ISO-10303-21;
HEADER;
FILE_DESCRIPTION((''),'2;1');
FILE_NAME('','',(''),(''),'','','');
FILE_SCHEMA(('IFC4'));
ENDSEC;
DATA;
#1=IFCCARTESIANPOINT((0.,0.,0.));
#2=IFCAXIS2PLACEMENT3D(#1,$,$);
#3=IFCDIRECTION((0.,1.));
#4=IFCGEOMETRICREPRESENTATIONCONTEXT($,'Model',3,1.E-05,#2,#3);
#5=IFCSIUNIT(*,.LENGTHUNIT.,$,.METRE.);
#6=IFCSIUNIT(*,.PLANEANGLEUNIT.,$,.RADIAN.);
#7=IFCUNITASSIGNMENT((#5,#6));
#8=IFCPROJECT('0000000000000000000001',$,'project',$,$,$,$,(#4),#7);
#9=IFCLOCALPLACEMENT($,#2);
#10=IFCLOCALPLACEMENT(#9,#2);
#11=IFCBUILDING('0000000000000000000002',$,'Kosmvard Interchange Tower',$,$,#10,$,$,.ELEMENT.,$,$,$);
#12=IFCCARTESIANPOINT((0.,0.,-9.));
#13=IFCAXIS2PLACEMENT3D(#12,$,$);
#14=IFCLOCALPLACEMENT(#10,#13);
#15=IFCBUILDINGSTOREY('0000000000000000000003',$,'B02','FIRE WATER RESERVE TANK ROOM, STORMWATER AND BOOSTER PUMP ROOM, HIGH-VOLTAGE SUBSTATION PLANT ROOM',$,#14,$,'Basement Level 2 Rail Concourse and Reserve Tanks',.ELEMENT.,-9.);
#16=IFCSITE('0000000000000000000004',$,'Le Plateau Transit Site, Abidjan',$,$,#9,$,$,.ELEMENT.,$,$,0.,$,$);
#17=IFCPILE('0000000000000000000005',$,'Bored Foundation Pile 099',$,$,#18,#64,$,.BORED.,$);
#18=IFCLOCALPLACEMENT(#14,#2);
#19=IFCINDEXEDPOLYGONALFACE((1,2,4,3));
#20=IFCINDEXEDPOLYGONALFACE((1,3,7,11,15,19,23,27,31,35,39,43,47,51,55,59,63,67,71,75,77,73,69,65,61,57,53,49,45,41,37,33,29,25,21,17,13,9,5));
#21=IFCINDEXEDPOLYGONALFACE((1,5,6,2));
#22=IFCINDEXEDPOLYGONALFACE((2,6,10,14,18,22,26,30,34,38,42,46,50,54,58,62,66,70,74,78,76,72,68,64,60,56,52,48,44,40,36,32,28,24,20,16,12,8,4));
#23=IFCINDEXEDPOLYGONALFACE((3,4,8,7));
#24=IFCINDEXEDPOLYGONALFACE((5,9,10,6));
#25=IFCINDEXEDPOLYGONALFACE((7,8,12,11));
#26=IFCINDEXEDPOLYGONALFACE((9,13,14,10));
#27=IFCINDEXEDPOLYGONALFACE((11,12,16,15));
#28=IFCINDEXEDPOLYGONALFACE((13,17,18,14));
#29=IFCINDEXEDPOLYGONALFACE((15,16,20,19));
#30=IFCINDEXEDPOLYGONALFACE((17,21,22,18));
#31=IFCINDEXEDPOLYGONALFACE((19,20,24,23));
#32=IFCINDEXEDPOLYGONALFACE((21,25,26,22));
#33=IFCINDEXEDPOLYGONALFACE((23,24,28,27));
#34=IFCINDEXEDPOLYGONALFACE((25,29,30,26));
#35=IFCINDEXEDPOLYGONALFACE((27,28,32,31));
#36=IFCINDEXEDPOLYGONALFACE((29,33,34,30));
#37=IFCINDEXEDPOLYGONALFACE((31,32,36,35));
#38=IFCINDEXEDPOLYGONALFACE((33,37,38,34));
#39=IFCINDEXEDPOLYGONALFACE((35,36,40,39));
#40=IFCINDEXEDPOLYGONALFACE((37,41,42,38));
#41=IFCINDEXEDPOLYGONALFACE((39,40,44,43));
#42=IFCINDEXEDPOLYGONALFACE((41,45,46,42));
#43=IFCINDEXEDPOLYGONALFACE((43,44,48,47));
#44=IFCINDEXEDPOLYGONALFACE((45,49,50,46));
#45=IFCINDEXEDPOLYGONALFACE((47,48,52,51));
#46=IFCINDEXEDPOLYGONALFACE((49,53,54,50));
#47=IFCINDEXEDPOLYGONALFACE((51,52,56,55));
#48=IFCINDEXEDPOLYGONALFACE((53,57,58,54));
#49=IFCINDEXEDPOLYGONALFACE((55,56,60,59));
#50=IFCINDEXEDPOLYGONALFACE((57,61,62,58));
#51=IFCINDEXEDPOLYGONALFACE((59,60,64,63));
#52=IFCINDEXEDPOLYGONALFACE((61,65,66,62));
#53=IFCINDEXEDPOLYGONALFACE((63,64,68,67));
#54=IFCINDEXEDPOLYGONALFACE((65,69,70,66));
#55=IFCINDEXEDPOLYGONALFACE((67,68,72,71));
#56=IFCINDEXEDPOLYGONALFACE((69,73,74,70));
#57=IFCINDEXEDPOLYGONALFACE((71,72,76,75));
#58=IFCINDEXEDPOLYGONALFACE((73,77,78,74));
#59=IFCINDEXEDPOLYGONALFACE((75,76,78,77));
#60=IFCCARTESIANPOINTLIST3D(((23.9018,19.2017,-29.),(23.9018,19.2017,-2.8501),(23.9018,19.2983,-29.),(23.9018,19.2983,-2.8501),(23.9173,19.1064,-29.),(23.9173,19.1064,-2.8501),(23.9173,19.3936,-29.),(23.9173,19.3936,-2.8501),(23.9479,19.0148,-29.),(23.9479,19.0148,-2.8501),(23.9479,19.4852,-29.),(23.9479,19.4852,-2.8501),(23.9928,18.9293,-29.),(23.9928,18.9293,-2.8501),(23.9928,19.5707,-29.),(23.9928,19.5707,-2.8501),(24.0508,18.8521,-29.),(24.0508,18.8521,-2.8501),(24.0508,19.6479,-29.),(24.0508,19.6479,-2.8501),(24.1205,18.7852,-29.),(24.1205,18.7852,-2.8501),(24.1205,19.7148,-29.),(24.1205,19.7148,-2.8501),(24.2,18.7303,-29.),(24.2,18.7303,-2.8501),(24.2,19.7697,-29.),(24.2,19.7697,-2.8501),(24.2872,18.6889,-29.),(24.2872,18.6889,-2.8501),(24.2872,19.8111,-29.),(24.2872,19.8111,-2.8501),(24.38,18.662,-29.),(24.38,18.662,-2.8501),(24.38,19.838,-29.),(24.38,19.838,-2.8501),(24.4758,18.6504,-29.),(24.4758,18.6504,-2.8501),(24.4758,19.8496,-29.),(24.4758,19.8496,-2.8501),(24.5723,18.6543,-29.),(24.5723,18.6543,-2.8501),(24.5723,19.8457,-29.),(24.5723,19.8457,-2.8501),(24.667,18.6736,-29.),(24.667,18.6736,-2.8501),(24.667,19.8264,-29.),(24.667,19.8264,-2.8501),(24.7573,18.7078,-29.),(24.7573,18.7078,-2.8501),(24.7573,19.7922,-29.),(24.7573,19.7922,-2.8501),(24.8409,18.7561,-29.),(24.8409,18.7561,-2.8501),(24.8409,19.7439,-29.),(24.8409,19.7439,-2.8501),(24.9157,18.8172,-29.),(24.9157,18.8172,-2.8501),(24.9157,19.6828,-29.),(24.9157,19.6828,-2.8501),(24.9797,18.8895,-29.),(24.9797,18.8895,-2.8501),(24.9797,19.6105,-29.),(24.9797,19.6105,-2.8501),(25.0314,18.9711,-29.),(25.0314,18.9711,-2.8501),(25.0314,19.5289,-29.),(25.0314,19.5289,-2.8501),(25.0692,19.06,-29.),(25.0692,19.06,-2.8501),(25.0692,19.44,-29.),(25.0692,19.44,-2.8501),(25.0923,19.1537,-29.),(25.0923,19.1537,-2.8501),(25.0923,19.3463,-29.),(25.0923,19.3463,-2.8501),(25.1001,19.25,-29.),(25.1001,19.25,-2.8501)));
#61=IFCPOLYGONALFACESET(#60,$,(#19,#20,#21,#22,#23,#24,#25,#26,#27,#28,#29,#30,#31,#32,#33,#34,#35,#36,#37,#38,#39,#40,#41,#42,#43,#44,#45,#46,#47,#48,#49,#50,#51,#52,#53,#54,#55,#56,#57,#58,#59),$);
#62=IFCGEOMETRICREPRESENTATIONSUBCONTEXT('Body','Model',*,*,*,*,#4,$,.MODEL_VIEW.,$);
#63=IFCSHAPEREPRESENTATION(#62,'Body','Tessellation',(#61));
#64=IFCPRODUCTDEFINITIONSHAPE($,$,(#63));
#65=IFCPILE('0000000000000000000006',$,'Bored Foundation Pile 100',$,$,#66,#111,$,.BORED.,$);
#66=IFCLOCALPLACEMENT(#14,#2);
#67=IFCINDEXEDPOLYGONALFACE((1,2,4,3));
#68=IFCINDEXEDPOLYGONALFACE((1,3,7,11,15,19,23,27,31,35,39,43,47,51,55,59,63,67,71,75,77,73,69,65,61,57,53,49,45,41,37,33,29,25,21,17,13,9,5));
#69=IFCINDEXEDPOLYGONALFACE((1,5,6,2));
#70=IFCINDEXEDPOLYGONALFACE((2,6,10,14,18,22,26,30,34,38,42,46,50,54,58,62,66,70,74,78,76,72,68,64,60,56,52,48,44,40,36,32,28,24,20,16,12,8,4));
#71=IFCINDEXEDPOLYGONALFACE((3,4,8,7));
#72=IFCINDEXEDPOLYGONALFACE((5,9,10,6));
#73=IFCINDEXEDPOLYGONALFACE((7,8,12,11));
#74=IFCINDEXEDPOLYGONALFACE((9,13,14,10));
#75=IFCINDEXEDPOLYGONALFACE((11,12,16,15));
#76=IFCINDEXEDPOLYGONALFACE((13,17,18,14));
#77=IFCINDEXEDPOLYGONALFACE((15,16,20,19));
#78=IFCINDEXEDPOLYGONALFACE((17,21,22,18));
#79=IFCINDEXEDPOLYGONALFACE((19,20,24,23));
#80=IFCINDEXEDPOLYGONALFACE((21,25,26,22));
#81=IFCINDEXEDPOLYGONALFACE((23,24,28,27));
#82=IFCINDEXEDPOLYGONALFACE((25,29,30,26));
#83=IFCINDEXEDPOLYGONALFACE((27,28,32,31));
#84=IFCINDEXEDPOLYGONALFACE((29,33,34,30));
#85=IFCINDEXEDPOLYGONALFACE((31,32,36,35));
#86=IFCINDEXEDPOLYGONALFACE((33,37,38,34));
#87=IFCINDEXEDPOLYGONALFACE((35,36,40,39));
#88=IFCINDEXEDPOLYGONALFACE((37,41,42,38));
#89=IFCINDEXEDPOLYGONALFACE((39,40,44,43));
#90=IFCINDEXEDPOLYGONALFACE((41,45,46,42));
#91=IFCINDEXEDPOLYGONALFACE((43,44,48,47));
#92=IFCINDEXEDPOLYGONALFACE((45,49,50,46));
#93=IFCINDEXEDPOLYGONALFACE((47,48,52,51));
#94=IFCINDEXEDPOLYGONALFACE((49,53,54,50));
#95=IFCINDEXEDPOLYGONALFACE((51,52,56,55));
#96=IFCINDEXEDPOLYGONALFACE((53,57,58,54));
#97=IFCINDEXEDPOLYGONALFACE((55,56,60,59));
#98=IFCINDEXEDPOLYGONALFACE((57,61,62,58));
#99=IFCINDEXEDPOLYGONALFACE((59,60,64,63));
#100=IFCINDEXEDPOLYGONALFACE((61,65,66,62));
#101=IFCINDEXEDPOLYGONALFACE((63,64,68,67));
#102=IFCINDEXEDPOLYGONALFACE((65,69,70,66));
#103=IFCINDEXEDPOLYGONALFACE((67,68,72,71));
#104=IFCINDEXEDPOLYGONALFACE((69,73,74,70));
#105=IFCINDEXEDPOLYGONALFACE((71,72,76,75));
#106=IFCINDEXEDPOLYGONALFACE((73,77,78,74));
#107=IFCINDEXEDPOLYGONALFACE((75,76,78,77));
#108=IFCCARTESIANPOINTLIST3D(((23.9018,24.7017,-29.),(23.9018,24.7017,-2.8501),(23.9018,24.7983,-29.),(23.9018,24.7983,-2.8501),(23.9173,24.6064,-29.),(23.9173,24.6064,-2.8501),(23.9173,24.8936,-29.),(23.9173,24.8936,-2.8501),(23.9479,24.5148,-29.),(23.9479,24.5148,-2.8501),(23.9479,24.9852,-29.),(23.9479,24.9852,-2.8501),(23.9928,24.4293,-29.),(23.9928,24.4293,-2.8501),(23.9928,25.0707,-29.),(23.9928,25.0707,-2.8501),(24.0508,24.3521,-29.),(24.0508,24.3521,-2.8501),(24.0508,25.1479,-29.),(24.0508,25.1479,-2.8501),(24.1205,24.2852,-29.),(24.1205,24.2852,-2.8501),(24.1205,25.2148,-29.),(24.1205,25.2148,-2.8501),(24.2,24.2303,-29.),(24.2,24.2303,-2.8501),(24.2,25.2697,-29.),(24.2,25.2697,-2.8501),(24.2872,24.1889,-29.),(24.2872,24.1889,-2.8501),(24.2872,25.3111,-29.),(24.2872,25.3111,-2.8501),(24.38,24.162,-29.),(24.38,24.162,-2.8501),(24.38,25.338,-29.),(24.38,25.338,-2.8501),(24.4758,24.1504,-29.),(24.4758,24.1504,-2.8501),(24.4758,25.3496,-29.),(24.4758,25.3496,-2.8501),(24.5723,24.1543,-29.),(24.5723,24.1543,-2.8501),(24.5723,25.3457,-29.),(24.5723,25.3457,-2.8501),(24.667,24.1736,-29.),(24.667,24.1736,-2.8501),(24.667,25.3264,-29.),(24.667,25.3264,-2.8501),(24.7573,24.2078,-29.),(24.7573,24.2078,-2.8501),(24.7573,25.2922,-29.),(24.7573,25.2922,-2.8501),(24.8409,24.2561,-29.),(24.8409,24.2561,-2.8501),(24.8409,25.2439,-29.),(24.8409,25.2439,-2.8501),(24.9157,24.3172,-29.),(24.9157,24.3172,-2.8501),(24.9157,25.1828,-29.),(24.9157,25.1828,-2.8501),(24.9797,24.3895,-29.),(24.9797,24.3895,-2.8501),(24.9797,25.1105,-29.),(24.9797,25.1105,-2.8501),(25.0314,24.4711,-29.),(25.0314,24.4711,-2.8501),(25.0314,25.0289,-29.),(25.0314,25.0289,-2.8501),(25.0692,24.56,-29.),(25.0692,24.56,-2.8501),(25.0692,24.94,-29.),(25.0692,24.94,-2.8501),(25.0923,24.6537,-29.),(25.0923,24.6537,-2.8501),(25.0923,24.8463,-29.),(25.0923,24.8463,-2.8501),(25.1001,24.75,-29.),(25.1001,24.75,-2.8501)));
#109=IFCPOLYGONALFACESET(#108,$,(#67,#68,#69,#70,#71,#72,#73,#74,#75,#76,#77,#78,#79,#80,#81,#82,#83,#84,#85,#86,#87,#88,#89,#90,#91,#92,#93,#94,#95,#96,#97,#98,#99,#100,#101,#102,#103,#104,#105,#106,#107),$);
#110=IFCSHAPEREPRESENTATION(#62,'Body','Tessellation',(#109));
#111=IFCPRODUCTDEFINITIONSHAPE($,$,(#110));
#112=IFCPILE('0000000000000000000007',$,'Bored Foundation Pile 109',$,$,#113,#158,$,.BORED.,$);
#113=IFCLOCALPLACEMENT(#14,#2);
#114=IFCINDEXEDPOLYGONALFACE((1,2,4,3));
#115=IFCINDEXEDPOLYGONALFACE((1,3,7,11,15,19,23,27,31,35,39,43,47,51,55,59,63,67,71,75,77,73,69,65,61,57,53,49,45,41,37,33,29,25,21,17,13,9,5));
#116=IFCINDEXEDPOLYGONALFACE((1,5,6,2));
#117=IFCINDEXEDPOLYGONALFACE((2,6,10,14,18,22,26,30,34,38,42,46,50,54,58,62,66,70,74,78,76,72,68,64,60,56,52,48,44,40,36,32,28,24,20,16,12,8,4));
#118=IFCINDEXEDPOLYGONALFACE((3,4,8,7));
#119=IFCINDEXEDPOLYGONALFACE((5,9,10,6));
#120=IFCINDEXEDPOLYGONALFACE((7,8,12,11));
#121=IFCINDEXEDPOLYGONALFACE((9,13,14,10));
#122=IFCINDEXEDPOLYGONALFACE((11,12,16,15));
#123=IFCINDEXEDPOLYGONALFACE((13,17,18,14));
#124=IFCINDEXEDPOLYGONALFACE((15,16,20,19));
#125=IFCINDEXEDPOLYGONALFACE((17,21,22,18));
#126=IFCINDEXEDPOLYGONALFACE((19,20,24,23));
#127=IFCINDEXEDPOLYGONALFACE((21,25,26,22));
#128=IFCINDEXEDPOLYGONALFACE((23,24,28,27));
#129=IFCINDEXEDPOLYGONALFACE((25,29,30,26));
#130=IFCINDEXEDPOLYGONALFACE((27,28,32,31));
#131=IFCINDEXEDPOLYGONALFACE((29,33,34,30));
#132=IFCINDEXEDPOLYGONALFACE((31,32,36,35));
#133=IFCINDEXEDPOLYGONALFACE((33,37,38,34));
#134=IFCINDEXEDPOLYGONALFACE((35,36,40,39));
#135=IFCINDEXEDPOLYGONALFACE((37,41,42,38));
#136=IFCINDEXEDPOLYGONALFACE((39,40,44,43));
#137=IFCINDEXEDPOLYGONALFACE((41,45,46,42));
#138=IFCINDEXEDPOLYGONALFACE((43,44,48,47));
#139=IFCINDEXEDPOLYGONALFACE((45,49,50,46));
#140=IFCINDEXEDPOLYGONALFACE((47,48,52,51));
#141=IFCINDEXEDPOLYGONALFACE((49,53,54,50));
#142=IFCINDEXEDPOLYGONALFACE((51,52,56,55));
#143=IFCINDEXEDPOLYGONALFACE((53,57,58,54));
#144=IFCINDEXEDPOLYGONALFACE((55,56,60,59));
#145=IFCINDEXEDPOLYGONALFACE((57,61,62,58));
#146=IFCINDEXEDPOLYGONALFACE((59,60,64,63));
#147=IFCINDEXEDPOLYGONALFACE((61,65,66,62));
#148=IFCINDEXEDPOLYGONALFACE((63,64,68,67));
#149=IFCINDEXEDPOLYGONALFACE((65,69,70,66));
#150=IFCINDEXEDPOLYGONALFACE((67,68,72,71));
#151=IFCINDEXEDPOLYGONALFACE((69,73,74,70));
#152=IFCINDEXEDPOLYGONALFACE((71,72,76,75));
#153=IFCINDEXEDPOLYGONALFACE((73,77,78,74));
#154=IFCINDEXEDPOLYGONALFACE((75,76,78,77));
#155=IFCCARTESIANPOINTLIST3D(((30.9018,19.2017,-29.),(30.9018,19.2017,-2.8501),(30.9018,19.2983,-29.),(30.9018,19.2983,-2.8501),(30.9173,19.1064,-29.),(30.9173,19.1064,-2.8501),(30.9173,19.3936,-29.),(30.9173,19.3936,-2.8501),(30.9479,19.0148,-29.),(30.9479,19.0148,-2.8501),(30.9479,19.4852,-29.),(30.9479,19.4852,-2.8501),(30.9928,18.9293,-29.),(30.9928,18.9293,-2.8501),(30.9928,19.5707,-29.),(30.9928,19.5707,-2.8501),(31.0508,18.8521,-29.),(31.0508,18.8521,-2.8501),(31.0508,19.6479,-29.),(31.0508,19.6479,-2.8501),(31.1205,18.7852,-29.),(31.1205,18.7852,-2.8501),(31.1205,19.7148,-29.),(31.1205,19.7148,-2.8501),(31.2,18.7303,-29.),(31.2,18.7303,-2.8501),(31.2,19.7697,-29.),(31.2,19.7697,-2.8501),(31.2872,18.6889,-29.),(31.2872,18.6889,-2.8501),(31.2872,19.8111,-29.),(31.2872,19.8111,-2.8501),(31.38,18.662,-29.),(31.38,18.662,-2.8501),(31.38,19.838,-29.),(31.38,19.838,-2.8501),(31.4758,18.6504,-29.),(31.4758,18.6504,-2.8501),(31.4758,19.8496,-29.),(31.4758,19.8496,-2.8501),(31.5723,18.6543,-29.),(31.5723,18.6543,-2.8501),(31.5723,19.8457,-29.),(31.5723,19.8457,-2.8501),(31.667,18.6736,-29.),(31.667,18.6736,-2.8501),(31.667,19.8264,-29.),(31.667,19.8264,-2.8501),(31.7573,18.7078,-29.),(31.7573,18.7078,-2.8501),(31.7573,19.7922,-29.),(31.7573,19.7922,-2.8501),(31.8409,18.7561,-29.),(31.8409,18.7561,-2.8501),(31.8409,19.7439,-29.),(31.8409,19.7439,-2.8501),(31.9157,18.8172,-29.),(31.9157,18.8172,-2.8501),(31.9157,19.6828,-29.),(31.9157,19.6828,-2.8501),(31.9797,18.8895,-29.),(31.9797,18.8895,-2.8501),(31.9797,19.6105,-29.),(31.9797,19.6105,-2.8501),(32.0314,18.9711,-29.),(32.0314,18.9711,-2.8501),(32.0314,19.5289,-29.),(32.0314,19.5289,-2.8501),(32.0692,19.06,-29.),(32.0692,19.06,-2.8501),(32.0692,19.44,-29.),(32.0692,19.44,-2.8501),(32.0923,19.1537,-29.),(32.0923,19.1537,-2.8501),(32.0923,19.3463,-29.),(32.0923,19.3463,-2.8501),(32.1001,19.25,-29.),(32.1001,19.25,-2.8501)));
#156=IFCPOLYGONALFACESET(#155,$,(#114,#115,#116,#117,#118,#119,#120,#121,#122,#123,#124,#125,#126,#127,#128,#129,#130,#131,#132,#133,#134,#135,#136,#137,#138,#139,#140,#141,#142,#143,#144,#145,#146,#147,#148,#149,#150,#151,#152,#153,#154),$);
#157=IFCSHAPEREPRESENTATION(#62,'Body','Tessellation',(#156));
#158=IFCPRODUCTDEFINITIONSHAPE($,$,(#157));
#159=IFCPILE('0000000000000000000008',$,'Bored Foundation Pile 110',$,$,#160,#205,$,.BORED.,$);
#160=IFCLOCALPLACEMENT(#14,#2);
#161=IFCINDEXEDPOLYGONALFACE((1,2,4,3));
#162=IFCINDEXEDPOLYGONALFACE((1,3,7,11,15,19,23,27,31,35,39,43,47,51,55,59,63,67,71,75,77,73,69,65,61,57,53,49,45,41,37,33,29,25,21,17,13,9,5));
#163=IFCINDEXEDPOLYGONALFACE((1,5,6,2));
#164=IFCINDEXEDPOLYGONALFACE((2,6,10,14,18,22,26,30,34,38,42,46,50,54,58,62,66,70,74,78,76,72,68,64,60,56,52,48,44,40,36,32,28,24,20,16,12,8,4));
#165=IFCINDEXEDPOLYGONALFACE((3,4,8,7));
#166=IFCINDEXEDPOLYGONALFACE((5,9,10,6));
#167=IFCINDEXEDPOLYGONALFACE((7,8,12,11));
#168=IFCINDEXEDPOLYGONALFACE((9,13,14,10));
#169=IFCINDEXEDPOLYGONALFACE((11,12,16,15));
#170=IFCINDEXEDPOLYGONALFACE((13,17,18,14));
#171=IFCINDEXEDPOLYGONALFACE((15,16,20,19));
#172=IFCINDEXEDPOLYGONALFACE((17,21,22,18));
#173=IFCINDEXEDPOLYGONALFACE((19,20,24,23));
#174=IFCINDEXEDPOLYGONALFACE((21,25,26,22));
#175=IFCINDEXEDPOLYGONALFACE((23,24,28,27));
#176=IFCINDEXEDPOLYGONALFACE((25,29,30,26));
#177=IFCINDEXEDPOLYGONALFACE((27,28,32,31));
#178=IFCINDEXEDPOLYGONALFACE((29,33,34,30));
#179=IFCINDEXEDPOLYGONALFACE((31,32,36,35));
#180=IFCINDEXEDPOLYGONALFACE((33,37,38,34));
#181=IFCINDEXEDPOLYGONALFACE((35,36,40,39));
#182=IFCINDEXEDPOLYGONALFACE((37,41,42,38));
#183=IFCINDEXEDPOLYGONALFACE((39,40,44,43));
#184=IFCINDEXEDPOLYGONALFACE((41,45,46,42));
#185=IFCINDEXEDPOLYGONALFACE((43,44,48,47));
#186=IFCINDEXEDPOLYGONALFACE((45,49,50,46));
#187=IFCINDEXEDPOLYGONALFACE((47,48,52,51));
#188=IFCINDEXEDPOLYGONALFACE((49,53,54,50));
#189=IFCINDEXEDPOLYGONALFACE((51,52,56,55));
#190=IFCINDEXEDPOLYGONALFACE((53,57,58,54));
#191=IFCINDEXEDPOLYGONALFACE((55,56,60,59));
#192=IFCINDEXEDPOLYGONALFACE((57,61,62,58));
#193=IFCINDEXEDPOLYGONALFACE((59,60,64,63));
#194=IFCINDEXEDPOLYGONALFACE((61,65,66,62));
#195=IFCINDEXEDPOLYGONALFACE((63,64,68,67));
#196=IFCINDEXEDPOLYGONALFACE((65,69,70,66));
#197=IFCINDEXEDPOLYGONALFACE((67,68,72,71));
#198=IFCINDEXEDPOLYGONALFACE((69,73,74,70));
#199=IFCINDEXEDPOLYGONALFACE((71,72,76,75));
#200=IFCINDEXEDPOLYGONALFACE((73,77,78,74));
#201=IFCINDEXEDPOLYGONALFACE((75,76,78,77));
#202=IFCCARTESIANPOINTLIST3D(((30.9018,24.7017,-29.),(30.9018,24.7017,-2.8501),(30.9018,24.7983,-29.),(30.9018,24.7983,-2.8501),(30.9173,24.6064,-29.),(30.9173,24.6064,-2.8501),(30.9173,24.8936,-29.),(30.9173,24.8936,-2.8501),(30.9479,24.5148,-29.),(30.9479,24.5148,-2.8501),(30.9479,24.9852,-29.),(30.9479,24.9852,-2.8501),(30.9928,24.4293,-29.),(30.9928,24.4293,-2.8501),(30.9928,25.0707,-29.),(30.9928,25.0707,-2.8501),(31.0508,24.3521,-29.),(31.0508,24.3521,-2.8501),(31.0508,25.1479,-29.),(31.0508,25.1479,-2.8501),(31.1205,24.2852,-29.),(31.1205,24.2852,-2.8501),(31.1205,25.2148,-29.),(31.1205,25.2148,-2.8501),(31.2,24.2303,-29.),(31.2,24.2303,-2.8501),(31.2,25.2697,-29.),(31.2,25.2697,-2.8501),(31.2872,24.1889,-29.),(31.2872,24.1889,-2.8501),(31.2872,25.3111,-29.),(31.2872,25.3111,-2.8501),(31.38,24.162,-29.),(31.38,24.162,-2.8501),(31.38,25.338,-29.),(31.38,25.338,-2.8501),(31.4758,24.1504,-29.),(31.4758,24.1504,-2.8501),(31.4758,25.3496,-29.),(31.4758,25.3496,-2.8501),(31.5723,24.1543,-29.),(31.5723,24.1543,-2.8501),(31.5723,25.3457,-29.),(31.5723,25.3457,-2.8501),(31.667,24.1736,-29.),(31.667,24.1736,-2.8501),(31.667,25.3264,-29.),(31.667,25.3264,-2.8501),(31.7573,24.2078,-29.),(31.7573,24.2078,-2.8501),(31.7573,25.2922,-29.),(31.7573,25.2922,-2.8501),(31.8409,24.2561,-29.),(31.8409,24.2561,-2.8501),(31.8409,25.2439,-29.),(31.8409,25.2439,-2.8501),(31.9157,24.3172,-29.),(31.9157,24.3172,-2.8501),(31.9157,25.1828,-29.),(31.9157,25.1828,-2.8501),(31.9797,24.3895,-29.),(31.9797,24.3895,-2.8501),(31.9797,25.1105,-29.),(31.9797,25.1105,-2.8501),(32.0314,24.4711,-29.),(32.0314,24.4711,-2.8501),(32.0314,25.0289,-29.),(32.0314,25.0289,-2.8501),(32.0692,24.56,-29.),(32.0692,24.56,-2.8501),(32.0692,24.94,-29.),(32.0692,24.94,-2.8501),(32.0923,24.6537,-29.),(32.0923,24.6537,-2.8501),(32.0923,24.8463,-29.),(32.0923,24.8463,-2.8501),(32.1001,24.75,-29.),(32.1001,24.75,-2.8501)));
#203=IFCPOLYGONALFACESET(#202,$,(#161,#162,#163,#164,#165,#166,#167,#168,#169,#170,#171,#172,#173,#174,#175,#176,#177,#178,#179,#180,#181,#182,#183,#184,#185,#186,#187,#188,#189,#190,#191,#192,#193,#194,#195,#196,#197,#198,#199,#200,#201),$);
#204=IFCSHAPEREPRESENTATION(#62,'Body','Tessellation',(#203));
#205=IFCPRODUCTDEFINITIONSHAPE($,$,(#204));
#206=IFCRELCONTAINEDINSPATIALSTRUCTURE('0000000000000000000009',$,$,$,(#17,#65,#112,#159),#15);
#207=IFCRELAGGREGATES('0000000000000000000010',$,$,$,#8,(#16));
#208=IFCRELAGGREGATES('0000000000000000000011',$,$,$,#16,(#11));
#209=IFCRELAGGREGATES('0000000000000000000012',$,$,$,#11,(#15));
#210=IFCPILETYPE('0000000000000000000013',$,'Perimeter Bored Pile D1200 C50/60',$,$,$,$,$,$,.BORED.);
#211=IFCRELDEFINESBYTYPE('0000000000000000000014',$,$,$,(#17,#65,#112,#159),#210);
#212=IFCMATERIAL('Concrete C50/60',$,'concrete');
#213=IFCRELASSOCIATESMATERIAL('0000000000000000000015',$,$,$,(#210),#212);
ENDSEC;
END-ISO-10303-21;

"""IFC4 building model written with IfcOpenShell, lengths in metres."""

from ifc_helpers import new_model, si_unit, direction, frame, origin, origin_2d, place, context, subcontext, project, spatial, circle, extrude, source, transform, mapped, material, material_profile, profile_set, type_object, element, save


model = new_model("IFC4")

# Units and contexts
model_context = context("Model", 3, precision=1e-05, world=origin(), true_north=direction((0.0, 1.0)))
body_context = subcontext(model_context, "Body", "Model", "MODEL_VIEW")
ifc_project = project(units=[si_unit("LENGTHUNIT", "METRE"), si_unit("PLANEANGLEUNIT", "RADIAN")], contexts=[model_context])

# Site, building, storey
site_placement = place(None, origin())
site = spatial("IfcSite", under=ifc_project, at=site_placement, Name="Le Plateau Transit Site, Abidjan", CompositionType="ELEMENT", RefElevation=0.0)
building_placement = place(site_placement, origin())
building = spatial("IfcBuilding", under=site, at=building_placement, Name="Kosmvard Interchange Tower", CompositionType="ELEMENT")
storey_placement = place(building_placement, frame((0.0, 0.0, -9.0)))
storey = spatial("IfcBuildingStorey", under=building, at=storey_placement, Name="B02", Description="FIRE WATER RESERVE TANK ROOM, STORMWATER AND BOOSTER PUMP ROOM, HIGH-VOLTAGE SUBSTATION PLANT ROOM", LongName="Basement Level 2 Rail Concourse and Reserve Tanks", CompositionType="ELEMENT", Elevation=-9.0)

# Piles
ifc_material_1 = material(Name="Concrete C50/60", Category="concrete")
ifc_material_profile_1 = material_profile(ifc_material_1, circle(Radius=0.6001, at=origin_2d()), Name="PILE D1200")
ifc_profile_set_1 = profile_set([ifc_material_profile_1], Name="Concrete C50/60")
pile_type = type_object("IfcPileType", Name="Perimeter Bored Pile D1200 C50/60", PredefinedType="BORED", material=ifc_profile_set_1)
shared_shape_1 = source(origin(), body_context, "Body", "SweptSolid", [
    extrude(circle(Radius=0.6001, at=origin_2d()), origin(), (0.0, 0.0, 1.0), 26.1499),
])
for number, where, z_axis, x_axis, name in (
    (1, (24.5, 19.25, -2.8501), (0.0, 0.0, -1.0), (1.0, 0.0, 0.0), "Bored Foundation Pile 099"),
    (2, (24.5, 24.75, -2.8501), (0.0, 0.0, -1.0), (1.0, 0.0, 0.0), "Bored Foundation Pile 100"),
    (3, (31.5, 19.25, -2.8501), (0.0, 0.0, -1.0), (1.0, 0.0, 0.0), "Bored Foundation Pile 109"),
    (4, (31.5, 24.75, -2.8501), (0.0, 0.0, -1.0), (1.0, 0.0, 0.0), "Bored Foundation Pile 110"),
):
    element("IfcPile", number, at=place(storey_placement, frame(where, z_axis=z_axis, x_axis=x_axis)), inside=storey, type_object=pile_type, Name=name, PredefinedType="BORED", context=body_context, shape_type="MappedRepresentation", body=[
        mapped(shared_shape_1, transform((0.0, 0.0, 0.0), scale=1.0)),
    ])

save(model, "model.ifc")
